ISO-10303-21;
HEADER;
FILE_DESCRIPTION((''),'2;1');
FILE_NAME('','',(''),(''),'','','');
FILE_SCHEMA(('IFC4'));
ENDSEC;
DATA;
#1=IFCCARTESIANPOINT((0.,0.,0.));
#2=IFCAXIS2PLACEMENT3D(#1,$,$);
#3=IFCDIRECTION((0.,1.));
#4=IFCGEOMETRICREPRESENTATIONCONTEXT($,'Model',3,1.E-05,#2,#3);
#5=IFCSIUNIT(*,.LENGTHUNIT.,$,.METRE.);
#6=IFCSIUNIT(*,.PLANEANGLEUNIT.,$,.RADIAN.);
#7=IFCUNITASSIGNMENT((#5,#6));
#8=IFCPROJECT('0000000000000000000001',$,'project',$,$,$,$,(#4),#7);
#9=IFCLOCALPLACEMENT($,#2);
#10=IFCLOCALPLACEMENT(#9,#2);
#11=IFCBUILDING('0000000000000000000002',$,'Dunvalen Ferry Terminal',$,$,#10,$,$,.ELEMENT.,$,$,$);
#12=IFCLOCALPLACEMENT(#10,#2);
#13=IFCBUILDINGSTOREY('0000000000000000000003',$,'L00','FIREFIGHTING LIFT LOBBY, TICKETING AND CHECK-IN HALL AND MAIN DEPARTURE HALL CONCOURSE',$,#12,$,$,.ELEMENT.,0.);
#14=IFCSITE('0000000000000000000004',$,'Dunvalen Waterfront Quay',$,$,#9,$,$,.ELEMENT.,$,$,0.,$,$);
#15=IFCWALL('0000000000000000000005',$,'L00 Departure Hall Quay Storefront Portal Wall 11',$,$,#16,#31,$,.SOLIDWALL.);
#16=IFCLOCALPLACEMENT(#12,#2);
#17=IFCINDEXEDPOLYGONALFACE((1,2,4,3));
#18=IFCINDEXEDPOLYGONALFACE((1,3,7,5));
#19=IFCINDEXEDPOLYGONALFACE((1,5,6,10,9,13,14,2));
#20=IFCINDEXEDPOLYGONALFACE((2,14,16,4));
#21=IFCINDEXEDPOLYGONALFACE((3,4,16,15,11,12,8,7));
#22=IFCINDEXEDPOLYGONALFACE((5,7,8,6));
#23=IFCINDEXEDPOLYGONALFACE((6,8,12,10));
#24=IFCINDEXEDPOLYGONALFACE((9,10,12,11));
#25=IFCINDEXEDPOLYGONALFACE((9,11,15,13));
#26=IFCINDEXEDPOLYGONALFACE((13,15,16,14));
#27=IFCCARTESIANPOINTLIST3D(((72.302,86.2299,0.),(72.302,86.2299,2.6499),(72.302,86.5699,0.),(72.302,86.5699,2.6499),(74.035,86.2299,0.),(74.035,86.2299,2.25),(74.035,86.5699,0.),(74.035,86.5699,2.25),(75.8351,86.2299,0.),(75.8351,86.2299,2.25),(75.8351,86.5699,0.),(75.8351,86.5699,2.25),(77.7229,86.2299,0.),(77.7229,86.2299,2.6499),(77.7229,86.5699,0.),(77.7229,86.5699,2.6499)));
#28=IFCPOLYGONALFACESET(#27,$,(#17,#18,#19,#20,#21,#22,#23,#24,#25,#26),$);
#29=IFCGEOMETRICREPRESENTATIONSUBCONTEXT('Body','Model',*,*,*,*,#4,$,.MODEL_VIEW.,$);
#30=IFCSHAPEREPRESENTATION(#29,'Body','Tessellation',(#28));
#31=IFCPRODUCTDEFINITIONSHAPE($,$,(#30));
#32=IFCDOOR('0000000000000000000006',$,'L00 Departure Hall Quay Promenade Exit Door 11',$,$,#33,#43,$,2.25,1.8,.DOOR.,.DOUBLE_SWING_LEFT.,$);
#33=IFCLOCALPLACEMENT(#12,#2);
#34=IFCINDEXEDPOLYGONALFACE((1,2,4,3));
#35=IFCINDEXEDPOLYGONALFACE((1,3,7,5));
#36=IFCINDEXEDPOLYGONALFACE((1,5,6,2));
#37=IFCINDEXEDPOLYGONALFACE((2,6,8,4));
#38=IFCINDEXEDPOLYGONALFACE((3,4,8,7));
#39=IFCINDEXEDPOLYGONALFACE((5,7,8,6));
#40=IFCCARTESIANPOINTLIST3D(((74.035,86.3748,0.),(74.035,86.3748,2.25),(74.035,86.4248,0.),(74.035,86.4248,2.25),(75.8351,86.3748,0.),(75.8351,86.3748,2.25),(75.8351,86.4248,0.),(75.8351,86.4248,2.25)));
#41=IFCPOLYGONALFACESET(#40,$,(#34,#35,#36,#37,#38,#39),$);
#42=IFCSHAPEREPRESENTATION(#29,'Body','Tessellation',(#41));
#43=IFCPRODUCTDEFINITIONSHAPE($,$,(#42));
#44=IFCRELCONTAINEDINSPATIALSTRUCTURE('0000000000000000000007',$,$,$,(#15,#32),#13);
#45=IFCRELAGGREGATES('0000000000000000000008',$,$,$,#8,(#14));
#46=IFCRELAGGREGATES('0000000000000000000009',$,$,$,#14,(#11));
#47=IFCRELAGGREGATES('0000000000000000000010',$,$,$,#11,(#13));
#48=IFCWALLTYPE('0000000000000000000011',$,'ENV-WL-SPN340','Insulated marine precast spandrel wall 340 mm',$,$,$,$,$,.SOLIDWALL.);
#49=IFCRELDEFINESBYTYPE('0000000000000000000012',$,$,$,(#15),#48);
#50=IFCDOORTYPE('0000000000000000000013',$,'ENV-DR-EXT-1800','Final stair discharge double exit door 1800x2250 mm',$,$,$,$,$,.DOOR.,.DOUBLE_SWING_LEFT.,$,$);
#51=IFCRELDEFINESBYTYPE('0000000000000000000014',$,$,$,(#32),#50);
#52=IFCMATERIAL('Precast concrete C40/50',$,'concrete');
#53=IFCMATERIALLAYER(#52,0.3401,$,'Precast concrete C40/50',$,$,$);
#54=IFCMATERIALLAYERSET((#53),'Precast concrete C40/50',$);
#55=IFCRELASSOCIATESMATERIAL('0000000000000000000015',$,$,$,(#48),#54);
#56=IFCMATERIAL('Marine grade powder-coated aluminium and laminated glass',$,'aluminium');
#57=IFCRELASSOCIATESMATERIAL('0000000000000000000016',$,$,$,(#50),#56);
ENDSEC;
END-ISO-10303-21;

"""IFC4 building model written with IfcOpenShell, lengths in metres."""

from ifc_helpers import new_model, si_unit, direction, frame, frame_2d, origin, place, context, subcontext, project, spatial, rectangle, extrude, material, layer, layer_set, type_object, element, fill, save


model = new_model("IFC4")

# Units and contexts
model_context = context("Model", 3, precision=1e-05, world=origin(), true_north=direction((0.0, 1.0)))
body_context = subcontext(model_context, "Body", "Model", "MODEL_VIEW")
ifc_project = project(units=[si_unit("LENGTHUNIT", "METRE"), si_unit("PLANEANGLEUNIT", "RADIAN")], contexts=[model_context])

# Site, building, storey
site_placement = place(None, origin())
site = spatial("IfcSite", under=ifc_project, at=site_placement, Name="Dunvalen Waterfront Quay", CompositionType="ELEMENT", RefElevation=0.0)
building_placement = place(site_placement, origin())
building = spatial("IfcBuilding", under=site, at=building_placement, Name="Dunvalen Ferry Terminal", CompositionType="ELEMENT")
storey_placement = place(building_placement, origin())
storey = spatial("IfcBuildingStorey", under=building, at=storey_placement, Name="L00", Description="FIREFIGHTING LIFT LOBBY, TICKETING AND CHECK-IN HALL AND MAIN DEPARTURE HALL CONCOURSE", CompositionType="ELEMENT", Elevation=0.0)

# Wall, opening, door
ifc_material_1 = material(Name="Precast concrete C40/50", Category="concrete")
ifc_layer_1 = layer(ifc_material_1, 0.3401, Name="Precast concrete C40/50")
ifc_layer_set_1 = layer_set([ifc_layer_1], Name="Precast concrete C40/50")
wall_type = type_object("IfcWallType", Name="ENV-WL-SPN340", Description="Insulated marine precast spandrel wall 340 mm", PredefinedType="SOLIDWALL", material=ifc_layer_set_1)
wall_placement = place(storey_placement, frame((72.302, 86.3999, 0.0), z_axis=(0.0, 0.0, 1.0), x_axis=(1.0, 0.0, 0.0)))
wall = element("IfcWall", 1, at=wall_placement, inside=storey, type_object=wall_type, Name="L00 Departure Hall Quay Storefront Portal Wall 11", PredefinedType="SOLIDWALL", context=body_context, shape_type="SweptSolid", body=[
    extrude(rectangle(XDim=5.4209, YDim=0.3401, at=frame_2d((2.7104, 0.0))), origin(), (0.0, 0.0, 1.0), 2.6499),
])
opening_placement = place(wall_placement, frame((1.7332, 0.0, 0.0)))
opening = element("IfcOpeningElement", 2, at=opening_placement, cuts=wall, PredefinedType="OPENING", context=body_context, shape_type="SweptSolid", body=[
    extrude(rectangle(XDim=1.8, YDim=2.25, at=frame_2d((0.8999, 1.125))), frame((0.0, 0.1802, 0.0), z_axis=(0.0, -1.0, 0.0), x_axis=(1.0, 0.0, 0.0)), (0.0, 0.0, 1.0), 0.3601),
])
ifc_material_2 = material(Name="Marine grade powder-coated aluminium and laminated glass", Category="aluminium")
door_type = type_object("IfcDoorType", Name="ENV-DR-EXT-1800", Description="Final stair discharge double exit door 1800x2250 mm", OperationType="DOUBLE_SWING_LEFT", PredefinedType="DOOR", material=ifc_material_2)
door_placement = place(opening_placement, origin())
door = element("IfcDoor", 3, at=door_placement, inside=storey, type_object=door_type, Name="L00 Departure Hall Quay Promenade Exit Door 11", OperationType="DOUBLE_SWING_LEFT", OverallHeight=2.25, OverallWidth=1.8, PredefinedType="DOOR", context=body_context, shape_type="SweptSolid", body=[
    extrude(rectangle(XDim=1.8, YDim=2.25, at=frame_2d((0.8999, 1.125))), frame((0.0, 0.0249, 0.0), z_axis=(0.0, -1.0, 0.0), x_axis=(1.0, 0.0, 0.0)), (0.0, 0.0, 1.0), 0.05),
])
fill(opening, door)

save(model, "model.ifc")
